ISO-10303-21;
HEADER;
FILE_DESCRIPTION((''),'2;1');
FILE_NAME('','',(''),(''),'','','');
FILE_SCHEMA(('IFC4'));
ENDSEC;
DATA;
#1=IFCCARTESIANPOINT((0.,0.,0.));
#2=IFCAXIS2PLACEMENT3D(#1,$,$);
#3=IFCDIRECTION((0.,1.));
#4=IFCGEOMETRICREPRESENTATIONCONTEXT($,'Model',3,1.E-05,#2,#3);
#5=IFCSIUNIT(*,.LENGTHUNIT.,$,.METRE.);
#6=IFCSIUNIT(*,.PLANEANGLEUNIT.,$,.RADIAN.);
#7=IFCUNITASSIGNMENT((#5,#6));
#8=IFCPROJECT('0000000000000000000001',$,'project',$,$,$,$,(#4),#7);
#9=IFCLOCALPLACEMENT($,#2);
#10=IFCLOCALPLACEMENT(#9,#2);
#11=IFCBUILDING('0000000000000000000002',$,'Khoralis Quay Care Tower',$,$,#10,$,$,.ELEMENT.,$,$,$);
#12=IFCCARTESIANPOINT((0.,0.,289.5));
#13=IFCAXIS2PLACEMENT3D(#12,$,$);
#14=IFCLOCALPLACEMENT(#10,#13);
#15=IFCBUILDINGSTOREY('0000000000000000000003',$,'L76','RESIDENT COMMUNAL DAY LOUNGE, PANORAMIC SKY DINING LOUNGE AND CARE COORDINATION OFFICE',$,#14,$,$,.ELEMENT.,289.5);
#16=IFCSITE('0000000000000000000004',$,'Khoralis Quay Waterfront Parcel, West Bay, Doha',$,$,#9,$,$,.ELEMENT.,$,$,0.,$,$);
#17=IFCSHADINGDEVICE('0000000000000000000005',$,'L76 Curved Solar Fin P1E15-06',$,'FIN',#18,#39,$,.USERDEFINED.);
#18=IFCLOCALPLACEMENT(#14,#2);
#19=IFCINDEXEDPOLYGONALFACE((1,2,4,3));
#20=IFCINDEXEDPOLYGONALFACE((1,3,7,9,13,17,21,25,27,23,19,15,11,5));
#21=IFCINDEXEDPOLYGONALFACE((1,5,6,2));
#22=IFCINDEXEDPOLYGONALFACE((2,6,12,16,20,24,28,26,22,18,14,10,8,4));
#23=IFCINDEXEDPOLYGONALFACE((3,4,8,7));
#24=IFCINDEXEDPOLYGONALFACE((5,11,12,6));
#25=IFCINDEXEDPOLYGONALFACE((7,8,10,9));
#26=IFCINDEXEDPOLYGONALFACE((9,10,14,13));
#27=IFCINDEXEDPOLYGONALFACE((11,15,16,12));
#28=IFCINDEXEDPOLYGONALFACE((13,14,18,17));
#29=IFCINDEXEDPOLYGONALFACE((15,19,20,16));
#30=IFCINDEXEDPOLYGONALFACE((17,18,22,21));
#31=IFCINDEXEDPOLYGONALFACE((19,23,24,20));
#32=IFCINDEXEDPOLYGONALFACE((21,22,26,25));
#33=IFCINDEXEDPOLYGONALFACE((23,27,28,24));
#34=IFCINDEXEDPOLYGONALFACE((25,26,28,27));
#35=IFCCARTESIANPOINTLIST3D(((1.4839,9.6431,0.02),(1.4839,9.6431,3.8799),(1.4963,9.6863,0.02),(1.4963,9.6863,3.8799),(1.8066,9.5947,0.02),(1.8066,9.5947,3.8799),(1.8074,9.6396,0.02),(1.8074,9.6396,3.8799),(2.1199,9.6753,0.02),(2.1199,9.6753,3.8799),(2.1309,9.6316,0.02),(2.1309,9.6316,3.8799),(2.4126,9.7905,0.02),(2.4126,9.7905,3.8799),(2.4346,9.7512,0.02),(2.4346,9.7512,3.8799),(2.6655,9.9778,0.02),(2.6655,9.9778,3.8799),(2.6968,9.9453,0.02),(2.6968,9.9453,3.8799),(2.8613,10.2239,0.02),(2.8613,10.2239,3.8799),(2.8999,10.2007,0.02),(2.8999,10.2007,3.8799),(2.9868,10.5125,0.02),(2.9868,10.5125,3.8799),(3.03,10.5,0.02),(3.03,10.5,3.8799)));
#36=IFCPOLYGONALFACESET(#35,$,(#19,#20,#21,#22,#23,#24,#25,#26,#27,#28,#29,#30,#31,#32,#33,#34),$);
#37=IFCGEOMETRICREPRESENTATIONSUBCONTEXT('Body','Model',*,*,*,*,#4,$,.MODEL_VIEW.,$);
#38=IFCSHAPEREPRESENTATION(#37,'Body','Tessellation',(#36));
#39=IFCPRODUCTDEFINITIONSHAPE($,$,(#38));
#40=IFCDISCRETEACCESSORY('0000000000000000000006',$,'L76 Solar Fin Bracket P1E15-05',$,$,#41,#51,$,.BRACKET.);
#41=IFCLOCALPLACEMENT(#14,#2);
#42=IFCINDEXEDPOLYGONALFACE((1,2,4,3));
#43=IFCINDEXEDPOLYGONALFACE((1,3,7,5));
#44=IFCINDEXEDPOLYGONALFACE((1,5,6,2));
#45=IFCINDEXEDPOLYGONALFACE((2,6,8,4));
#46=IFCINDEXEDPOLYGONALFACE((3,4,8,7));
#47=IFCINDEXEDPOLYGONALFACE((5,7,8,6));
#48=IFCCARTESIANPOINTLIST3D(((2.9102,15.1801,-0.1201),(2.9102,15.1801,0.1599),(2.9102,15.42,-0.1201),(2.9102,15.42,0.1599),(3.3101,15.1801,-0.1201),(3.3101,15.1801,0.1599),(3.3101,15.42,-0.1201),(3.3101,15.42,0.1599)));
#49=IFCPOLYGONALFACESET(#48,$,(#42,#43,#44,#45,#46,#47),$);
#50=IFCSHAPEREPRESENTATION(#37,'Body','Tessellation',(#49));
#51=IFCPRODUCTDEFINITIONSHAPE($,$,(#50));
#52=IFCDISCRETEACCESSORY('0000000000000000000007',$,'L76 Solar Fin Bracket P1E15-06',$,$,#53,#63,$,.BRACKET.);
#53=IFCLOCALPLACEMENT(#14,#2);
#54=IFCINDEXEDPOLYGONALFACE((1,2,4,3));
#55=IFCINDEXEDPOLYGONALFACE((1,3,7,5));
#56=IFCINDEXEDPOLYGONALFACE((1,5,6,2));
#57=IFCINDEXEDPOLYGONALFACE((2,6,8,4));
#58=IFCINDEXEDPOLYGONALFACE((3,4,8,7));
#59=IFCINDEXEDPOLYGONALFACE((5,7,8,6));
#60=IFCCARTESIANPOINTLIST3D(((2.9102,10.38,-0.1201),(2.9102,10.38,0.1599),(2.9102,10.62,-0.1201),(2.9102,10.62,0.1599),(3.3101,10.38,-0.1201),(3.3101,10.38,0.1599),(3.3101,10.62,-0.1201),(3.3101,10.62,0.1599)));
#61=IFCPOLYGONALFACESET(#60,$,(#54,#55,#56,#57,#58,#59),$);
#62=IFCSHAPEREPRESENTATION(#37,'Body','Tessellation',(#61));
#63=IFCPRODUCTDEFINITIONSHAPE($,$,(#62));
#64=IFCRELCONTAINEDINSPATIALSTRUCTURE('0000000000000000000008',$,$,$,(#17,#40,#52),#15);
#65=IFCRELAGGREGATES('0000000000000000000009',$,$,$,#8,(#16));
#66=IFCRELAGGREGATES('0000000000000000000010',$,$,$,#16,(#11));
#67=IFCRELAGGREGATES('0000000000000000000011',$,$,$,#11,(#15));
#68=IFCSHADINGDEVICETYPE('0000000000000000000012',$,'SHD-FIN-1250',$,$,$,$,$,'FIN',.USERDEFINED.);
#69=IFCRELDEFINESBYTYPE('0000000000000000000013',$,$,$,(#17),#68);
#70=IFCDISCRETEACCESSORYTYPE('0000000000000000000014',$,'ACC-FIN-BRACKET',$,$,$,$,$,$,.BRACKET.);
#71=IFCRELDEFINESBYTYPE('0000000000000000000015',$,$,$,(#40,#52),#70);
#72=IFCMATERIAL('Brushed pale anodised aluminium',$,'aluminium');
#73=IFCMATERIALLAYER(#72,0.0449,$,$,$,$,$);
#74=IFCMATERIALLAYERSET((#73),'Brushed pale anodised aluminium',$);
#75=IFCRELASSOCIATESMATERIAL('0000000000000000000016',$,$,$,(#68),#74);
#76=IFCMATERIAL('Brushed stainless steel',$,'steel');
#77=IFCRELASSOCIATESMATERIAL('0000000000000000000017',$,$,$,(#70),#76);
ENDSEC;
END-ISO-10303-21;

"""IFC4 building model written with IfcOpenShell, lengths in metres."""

from ifc_helpers import new_model, si_unit, direction, frame, origin, origin_2d, place, context, subcontext, project, spatial, polyline, rectangle, outline, extrude, source, transform, mapped, material, layer, layer_set, type_object, element, save


model = new_model("IFC4")

# Units and contexts
model_context = context("Model", 3, precision=1e-05, world=origin(), true_north=direction((0.0, 1.0)))
body_context = subcontext(model_context, "Body", "Model", "MODEL_VIEW")
ifc_project = project(units=[si_unit("LENGTHUNIT", "METRE"), si_unit("PLANEANGLEUNIT", "RADIAN")], contexts=[model_context])

# Site, building, storey
site_placement = place(None, origin())
site = spatial("IfcSite", under=ifc_project, at=site_placement, Name="Khoralis Quay Waterfront Parcel, West Bay, Doha", CompositionType="ELEMENT", RefElevation=0.0)
building_placement = place(site_placement, origin())
building = spatial("IfcBuilding", under=site, at=building_placement, Name="Khoralis Quay Care Tower", CompositionType="ELEMENT")
storey_placement = place(building_placement, frame((0.0, 0.0, 289.5)))
storey = spatial("IfcBuildingStorey", under=building, at=storey_placement, Name="L76", Description="RESIDENT COMMUNAL DAY LOUNGE, PANORAMIC SKY DINING LOUNGE AND CARE COORDINATION OFFICE", CompositionType="ELEMENT", Elevation=289.5)

# Shading device
ifc_material_1 = material(Name="Brushed pale anodised aluminium", Category="aluminium")
ifc_layer_1 = layer(ifc_material_1, 0.0449)
ifc_layer_set_1 = layer_set([ifc_layer_1], Name="Brushed pale anodised aluminium")
shading_device_type = type_object("IfcShadingDeviceType", Name="SHD-FIN-1250", ElementType="FIN", PredefinedType="USERDEFINED", material=ifc_layer_set_1)
shared_shape_1 = source(origin(), body_context, "Body", "SweptSolid", [
    extrude(outline(polyline([(0.0, 0.0), (0.1301, 0.2993), (0.3333, 0.5547), (0.5955, 0.7488), (0.8992, 0.8684), (1.2234, 0.9053), (1.5461, 0.8569), (1.5337, 0.8137), (1.2227, 0.8604), (0.9102, 0.8247), (0.6174, 0.7095), (0.3645, 0.5222), (0.1687, 0.2761), (0.0432, -0.0125), (0.0, 0.0)])), origin(), (0.0, 0.0, 1.0), 3.8599),
])
for number, where, z_axis, x_axis, name in (
    (1, (3.03, 10.5, 0.02), (0.0, 0.0, 1.0), (-1.0, 0.0, 0.0), "L76 Curved Solar Fin P1E15-06"),
):
    element("IfcShadingDevice", number, at=place(storey_placement, frame(where, z_axis=z_axis, x_axis=x_axis)), inside=storey, type_object=shading_device_type, Name=name, ObjectType="FIN", PredefinedType="USERDEFINED", context=body_context, shape_type="MappedRepresentation", body=[
        mapped(shared_shape_1, transform((0.0, 0.0, 0.0), scale=1.0)),
    ])

# Discrete accessories
ifc_material_2 = material(Name="Brushed stainless steel", Category="steel")
discrete_accessory_type = type_object("IfcDiscreteAccessoryType", Name="ACC-FIN-BRACKET", PredefinedType="BRACKET", material=ifc_material_2)
shared_shape_2 = source(origin(), body_context, "Body", "SweptSolid", [
    extrude(rectangle(XDim=0.3999, YDim=0.24, at=origin_2d()), origin(), (0.0, 0.0, 1.0), 0.28),
])
for number, where, z_axis, x_axis, name in (
    (2, (3.1101, 15.3, -0.1201), (0.0, 0.0, 1.0), (-1.0, 0.0, 0.0), "L76 Solar Fin Bracket P1E15-05"),
    (3, (3.1101, 10.5, -0.1201), (0.0, 0.0, 1.0), (-1.0, 0.0, 0.0), "L76 Solar Fin Bracket P1E15-06"),
):
    element("IfcDiscreteAccessory", number, at=place(storey_placement, frame(where, z_axis=z_axis, x_axis=x_axis)), inside=storey, type_object=discrete_accessory_type, Name=name, PredefinedType="BRACKET", context=body_context, shape_type="MappedRepresentation", body=[
        mapped(shared_shape_2, transform((0.0, 0.0, 0.0), scale=1.0)),
    ])

save(model, "model.ifc")
